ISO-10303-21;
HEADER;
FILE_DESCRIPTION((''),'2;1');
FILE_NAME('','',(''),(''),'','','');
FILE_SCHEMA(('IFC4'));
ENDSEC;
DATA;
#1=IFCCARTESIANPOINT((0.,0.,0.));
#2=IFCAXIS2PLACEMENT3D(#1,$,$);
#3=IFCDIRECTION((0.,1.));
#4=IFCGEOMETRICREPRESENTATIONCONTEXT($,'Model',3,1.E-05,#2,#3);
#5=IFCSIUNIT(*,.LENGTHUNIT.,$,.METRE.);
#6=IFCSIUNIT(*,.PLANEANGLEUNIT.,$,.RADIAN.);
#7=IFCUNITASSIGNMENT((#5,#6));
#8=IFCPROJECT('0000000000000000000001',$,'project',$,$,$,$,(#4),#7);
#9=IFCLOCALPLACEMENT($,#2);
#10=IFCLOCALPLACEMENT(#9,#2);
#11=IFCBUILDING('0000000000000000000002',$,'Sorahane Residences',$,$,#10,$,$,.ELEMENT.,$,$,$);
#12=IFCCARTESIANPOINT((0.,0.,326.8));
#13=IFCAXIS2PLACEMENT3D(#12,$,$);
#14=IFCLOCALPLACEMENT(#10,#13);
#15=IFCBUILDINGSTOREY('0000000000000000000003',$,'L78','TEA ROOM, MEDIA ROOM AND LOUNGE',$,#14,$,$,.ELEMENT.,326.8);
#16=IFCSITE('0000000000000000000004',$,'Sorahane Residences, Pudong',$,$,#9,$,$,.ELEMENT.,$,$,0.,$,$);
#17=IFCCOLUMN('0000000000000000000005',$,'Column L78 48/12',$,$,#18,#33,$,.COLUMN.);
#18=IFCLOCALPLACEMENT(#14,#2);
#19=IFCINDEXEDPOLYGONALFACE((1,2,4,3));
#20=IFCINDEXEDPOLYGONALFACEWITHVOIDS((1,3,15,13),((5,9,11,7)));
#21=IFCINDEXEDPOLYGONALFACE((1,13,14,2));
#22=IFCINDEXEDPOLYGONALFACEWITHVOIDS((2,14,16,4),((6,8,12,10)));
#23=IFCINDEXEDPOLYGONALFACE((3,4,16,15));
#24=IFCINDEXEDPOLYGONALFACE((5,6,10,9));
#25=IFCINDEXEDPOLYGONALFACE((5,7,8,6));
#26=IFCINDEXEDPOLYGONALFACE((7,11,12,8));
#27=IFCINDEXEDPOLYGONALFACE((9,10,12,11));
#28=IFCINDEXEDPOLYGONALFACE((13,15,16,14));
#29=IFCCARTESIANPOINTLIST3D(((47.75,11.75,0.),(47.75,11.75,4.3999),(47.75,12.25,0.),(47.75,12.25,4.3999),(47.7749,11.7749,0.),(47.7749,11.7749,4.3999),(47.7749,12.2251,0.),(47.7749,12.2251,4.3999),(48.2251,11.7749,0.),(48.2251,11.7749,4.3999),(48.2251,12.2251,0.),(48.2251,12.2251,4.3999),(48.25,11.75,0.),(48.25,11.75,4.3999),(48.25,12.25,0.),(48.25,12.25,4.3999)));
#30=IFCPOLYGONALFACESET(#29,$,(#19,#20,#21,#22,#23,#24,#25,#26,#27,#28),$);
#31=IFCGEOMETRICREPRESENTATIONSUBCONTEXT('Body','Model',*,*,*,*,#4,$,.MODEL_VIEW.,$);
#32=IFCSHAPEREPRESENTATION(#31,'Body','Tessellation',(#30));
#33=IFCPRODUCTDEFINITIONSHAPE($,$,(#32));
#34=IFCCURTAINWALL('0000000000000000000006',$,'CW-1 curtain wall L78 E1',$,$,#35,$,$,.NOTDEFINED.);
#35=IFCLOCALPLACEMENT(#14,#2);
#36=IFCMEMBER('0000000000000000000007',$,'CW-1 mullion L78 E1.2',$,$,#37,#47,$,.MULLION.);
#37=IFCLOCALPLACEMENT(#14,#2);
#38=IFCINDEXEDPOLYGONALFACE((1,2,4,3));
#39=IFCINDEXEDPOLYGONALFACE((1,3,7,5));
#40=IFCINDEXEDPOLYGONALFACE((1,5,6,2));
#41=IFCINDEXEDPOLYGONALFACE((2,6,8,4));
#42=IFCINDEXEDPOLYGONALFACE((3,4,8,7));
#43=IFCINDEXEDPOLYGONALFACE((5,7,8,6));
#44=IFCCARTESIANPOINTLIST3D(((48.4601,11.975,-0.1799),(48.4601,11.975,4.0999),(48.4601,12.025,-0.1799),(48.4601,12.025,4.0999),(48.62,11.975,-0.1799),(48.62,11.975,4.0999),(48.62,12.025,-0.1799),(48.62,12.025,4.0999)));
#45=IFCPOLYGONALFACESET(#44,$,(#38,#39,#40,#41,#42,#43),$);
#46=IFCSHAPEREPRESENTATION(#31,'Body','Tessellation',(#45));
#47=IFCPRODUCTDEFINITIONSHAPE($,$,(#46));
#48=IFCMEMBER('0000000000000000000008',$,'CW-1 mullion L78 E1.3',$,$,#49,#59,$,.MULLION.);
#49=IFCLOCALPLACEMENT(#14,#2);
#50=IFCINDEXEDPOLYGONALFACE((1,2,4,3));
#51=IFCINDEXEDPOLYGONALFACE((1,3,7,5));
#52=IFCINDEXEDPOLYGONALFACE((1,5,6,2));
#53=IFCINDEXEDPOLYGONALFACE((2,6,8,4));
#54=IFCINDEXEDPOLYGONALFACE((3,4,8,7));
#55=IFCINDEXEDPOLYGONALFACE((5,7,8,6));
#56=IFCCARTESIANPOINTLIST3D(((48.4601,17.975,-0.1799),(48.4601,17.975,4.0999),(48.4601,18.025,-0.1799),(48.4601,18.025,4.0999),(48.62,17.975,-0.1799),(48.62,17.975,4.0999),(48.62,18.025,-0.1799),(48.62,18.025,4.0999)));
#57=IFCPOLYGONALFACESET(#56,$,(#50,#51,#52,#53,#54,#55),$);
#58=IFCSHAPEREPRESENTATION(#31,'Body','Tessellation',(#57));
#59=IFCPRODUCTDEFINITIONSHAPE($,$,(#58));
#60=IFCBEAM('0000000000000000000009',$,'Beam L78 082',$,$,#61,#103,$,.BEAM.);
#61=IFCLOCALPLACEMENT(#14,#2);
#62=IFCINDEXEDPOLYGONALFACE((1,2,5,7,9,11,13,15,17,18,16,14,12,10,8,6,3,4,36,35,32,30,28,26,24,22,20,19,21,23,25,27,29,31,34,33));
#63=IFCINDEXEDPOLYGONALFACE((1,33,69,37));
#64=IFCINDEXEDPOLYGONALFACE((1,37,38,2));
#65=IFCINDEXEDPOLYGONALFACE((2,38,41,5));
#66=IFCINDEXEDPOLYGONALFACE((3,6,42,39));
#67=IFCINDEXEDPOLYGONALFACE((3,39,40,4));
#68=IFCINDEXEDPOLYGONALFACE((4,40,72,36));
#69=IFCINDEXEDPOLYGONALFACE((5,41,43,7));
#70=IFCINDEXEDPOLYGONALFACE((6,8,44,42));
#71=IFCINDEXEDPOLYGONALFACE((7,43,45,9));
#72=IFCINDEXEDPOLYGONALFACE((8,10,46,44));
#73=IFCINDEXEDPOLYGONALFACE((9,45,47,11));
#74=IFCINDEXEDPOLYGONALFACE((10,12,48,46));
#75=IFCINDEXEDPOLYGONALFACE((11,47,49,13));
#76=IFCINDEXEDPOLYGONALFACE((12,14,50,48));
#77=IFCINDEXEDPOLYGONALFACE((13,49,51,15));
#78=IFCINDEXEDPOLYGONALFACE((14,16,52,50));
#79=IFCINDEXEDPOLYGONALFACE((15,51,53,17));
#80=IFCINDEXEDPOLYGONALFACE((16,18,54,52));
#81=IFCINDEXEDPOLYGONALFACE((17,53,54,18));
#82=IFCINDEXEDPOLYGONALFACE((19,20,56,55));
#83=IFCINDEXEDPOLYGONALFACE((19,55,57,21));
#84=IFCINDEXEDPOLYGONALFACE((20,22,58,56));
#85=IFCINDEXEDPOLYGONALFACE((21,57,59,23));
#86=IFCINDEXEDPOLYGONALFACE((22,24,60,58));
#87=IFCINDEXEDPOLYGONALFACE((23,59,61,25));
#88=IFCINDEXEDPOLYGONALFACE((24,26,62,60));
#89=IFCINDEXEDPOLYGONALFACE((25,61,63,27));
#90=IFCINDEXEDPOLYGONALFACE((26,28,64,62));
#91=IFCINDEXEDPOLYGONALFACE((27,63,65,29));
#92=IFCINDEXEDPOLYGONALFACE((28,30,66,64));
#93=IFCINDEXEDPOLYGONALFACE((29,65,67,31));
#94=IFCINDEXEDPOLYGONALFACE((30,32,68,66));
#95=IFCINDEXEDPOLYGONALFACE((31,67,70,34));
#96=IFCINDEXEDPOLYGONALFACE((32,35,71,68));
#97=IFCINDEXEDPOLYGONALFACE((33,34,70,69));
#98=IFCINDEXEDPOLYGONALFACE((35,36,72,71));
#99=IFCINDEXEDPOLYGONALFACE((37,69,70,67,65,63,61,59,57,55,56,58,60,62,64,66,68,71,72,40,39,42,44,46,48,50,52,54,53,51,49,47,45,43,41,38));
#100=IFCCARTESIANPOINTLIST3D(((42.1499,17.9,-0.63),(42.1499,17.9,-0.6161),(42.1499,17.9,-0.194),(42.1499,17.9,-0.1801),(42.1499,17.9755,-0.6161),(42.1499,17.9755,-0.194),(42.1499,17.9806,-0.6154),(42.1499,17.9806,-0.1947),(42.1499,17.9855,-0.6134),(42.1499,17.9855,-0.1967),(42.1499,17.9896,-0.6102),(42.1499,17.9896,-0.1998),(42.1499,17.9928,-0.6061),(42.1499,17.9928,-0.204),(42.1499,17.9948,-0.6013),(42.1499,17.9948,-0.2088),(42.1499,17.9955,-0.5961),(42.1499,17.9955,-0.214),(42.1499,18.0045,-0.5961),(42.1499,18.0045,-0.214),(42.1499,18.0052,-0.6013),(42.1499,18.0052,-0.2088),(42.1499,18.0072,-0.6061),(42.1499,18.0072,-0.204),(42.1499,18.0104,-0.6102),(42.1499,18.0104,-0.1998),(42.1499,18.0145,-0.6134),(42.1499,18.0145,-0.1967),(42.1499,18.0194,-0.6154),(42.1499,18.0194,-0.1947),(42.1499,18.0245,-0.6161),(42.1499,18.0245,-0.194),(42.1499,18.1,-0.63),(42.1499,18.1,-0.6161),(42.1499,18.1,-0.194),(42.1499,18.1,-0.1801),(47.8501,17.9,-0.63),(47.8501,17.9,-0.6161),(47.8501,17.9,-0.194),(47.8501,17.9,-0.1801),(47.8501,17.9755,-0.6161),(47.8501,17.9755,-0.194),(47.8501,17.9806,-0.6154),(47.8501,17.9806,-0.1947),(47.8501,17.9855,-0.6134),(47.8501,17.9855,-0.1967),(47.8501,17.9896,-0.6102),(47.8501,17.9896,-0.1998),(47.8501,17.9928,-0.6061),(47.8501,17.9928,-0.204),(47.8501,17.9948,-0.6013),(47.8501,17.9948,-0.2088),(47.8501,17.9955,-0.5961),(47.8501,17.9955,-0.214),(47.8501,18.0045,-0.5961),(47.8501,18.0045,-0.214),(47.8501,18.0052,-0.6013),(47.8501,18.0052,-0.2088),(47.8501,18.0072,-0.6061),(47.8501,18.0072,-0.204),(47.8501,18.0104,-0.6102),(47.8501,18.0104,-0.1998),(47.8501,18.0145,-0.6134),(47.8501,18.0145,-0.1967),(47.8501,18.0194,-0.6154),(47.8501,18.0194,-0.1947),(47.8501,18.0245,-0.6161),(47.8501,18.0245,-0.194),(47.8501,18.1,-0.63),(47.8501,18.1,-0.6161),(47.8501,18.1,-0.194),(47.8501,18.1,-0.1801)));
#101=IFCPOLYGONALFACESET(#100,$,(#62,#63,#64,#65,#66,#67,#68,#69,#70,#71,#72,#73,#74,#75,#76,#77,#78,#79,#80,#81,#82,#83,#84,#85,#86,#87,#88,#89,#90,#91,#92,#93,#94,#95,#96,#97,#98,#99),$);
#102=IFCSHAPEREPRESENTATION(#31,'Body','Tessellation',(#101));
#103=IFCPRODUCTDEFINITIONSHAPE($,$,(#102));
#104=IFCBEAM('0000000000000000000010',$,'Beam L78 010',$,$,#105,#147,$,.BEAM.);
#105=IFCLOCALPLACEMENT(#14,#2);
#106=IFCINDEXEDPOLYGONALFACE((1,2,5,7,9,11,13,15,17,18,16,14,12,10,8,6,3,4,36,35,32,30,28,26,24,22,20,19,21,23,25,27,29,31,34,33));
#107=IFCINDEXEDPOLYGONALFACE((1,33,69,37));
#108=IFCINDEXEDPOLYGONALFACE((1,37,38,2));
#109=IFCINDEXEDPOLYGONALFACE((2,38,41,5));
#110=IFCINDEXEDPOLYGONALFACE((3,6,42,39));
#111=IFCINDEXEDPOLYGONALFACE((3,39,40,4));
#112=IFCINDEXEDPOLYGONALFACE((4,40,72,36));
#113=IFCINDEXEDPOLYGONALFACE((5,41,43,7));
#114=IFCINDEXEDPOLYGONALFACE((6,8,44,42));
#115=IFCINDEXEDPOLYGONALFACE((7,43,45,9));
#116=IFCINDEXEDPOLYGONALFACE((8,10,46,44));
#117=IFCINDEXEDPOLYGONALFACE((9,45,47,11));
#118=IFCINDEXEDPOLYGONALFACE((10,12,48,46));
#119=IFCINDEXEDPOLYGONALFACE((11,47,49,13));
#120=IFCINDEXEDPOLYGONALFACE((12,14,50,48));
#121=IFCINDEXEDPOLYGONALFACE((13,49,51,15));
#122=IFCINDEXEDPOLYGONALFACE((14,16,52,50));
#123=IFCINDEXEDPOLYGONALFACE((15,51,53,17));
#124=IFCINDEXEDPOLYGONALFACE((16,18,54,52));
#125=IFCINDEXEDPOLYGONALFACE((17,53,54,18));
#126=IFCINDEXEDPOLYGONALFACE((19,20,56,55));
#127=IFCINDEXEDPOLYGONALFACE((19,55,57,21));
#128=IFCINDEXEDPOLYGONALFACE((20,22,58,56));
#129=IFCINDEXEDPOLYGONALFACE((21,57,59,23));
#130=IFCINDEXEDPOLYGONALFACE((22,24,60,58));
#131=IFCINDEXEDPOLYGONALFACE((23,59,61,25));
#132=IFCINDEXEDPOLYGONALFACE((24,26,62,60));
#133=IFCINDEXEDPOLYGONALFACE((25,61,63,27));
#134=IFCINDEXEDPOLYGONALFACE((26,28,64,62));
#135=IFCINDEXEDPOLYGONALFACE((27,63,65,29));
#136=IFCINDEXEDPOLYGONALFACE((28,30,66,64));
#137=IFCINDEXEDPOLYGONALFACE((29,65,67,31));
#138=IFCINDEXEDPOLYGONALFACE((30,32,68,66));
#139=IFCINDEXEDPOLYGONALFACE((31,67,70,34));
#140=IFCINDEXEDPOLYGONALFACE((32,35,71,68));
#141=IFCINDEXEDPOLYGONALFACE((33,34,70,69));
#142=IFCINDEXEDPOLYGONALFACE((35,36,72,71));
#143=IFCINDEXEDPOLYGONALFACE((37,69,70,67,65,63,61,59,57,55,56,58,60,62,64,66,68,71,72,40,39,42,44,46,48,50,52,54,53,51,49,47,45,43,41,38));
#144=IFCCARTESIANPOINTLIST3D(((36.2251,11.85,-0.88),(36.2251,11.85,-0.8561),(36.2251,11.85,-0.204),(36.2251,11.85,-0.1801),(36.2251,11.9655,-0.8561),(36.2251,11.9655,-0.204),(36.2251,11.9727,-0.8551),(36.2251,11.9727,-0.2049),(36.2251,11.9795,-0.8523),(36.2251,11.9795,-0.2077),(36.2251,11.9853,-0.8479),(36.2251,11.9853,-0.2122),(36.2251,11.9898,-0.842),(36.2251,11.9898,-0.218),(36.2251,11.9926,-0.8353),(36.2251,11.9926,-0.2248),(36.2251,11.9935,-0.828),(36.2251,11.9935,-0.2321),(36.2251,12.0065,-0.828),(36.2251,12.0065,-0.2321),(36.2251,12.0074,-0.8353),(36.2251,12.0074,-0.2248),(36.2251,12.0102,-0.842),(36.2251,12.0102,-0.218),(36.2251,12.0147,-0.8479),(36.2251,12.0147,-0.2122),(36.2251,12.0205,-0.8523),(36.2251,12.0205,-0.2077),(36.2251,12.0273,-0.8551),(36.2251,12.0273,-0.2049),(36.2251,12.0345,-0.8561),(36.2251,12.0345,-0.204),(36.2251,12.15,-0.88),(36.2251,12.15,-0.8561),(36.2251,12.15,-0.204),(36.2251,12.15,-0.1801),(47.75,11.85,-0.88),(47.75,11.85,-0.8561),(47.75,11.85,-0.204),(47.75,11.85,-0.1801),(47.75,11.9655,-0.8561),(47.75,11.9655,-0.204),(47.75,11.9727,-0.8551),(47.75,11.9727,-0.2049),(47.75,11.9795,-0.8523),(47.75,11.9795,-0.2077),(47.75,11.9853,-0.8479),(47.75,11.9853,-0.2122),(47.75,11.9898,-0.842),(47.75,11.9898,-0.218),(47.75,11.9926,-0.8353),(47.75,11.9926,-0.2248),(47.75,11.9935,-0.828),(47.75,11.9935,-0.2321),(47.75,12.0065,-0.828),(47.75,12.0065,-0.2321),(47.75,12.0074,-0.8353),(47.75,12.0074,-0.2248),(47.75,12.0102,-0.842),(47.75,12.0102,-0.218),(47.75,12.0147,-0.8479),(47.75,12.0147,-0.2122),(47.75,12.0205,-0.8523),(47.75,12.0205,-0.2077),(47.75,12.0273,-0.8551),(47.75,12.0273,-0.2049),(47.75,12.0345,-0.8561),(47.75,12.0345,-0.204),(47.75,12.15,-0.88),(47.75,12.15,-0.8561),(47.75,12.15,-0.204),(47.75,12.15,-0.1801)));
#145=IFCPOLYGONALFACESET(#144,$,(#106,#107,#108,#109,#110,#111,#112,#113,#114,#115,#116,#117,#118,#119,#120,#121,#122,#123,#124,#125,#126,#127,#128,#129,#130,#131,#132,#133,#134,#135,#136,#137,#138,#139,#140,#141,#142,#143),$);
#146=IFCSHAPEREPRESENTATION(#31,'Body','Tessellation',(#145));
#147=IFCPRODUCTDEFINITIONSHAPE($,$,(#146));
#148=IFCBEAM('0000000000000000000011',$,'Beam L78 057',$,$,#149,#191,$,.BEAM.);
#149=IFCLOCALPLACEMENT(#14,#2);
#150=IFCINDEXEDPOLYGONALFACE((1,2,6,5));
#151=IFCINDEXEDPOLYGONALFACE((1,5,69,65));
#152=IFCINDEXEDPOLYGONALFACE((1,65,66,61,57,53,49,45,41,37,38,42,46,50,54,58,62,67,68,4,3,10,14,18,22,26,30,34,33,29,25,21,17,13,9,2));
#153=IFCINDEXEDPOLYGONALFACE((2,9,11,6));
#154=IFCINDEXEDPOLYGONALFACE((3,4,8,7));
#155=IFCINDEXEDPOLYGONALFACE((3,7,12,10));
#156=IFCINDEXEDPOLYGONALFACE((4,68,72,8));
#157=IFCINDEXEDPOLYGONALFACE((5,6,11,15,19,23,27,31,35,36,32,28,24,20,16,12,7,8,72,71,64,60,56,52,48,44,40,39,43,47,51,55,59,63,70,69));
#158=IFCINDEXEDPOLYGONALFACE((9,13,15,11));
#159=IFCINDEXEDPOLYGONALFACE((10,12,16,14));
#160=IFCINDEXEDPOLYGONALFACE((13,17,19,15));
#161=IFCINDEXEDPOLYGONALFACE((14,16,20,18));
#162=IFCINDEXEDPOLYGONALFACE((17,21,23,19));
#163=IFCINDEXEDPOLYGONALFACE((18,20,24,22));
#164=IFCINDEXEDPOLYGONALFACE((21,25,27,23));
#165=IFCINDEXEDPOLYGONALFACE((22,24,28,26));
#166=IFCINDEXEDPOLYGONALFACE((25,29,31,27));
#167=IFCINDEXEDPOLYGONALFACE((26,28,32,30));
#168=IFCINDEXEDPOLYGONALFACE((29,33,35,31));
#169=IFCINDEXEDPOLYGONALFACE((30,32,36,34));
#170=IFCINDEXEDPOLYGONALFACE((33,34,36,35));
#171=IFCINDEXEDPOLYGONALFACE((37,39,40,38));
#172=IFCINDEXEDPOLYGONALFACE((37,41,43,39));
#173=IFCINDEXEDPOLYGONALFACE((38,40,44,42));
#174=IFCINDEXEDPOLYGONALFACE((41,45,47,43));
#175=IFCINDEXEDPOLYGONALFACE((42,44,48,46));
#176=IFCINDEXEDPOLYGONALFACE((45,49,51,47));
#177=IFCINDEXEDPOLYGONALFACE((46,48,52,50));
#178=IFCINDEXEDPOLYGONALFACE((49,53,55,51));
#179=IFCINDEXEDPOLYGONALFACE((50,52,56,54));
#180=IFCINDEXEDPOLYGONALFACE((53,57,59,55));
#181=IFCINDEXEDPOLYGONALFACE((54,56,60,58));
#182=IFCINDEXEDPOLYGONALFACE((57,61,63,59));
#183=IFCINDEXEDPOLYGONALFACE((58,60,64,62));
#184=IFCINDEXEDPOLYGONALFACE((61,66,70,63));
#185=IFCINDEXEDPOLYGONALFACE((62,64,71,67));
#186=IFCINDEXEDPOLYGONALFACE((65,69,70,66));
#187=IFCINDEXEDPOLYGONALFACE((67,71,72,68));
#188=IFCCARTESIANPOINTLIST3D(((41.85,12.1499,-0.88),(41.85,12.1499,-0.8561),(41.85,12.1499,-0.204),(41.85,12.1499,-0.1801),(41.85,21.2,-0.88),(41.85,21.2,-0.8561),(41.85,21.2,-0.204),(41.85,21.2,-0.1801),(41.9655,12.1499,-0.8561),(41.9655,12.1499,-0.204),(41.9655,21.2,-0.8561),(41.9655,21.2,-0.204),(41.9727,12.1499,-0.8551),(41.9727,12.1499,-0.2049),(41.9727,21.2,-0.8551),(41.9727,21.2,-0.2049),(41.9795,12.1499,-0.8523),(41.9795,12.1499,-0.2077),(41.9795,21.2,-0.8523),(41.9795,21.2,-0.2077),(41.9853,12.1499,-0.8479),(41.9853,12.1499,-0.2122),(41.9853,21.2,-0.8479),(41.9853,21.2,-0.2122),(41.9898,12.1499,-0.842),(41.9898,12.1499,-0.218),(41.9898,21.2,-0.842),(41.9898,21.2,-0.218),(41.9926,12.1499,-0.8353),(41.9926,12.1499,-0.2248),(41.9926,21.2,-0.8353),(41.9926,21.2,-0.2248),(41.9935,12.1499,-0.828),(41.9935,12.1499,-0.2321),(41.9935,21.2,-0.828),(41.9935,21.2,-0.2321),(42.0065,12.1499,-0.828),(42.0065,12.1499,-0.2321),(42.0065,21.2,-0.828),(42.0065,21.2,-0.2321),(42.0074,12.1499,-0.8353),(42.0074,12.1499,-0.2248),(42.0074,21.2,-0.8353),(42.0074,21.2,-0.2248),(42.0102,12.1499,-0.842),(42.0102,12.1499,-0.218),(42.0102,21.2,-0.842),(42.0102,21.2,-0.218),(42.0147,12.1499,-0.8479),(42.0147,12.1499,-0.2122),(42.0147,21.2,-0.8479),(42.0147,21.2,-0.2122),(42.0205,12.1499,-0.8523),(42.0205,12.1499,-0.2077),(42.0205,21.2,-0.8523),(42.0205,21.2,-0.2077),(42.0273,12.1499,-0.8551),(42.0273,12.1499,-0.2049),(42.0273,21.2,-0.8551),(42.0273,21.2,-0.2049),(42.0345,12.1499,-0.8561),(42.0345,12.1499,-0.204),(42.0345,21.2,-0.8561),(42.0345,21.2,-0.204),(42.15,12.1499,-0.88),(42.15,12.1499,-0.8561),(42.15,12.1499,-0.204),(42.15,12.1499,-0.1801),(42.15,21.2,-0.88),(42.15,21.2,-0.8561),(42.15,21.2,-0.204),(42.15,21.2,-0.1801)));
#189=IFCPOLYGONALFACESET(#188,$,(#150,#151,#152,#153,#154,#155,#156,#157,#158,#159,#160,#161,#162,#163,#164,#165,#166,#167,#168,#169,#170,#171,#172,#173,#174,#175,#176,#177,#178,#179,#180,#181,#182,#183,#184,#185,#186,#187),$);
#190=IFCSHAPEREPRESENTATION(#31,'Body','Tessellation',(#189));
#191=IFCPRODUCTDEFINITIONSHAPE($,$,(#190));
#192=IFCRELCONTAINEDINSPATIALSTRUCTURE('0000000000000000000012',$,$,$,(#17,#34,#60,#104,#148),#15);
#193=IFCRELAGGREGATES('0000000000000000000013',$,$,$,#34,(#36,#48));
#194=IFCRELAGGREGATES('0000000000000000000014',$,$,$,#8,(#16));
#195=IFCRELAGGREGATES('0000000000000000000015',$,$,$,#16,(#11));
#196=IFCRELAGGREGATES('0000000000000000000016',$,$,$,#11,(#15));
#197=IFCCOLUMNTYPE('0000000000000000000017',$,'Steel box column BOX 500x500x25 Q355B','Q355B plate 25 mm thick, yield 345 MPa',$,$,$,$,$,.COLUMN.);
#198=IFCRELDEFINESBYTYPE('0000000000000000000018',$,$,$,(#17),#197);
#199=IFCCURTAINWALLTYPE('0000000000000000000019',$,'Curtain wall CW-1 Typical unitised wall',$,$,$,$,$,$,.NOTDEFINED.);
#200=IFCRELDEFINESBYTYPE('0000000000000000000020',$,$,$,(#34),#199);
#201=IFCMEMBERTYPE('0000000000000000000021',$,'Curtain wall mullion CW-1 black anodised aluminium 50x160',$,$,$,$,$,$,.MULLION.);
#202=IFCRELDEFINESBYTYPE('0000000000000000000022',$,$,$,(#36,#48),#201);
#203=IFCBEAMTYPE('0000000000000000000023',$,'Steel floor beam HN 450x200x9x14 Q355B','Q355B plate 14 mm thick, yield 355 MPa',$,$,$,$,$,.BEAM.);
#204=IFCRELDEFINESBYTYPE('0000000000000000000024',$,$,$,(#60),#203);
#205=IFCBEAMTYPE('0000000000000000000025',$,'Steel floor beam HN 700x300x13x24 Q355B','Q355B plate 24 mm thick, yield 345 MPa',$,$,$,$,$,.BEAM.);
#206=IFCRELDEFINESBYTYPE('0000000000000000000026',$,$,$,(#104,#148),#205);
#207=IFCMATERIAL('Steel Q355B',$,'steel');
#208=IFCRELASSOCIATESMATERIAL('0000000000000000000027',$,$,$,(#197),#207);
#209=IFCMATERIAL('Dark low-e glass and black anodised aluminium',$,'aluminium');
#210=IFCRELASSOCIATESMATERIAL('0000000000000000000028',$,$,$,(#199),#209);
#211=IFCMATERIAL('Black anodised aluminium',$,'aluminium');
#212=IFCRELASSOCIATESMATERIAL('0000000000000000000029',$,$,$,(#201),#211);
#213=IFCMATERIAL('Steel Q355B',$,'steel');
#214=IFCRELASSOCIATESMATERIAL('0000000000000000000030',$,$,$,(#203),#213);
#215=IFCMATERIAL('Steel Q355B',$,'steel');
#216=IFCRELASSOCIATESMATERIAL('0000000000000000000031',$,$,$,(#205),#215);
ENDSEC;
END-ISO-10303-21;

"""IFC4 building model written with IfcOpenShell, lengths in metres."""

from ifc_helpers import new_model, si_unit, direction, frame, origin, origin_2d, place, context, subcontext, project, spatial, rectangle, hollow_rectangle, i_section, extrude, material, material_profile, profile_set, type_object, element, aggregate, save


model = new_model("IFC4")

# Units and contexts
model_context = context("Model", 3, precision=1e-05, world=origin(), true_north=direction((0.0, 1.0)))
body_context = subcontext(model_context, "Body", "Model", "MODEL_VIEW")
ifc_project = project(units=[si_unit("LENGTHUNIT", "METRE"), si_unit("PLANEANGLEUNIT", "RADIAN")], contexts=[model_context])

# Site, building, storey
site_placement = place(None, origin())
site = spatial("IfcSite", under=ifc_project, at=site_placement, Name="Sorahane Residences, Pudong", CompositionType="ELEMENT", RefElevation=0.0)
building_placement = place(site_placement, origin())
building = spatial("IfcBuilding", under=site, at=building_placement, Name="Sorahane Residences", CompositionType="ELEMENT")
storey_placement = place(building_placement, frame((0.0, 0.0, 326.8)))
storey = spatial("IfcBuildingStorey", under=building, at=storey_placement, Name="L78", Description="TEA ROOM, MEDIA ROOM AND LOUNGE", CompositionType="ELEMENT", Elevation=326.8)

# Column
ifc_material_1 = material(Name="Steel Q355B", Category="steel")
ifc_material_profile_1 = material_profile(ifc_material_1, hollow_rectangle(XDim=0.5, YDim=0.5, WallThickness=0.0249, at=origin_2d()), Name="BOX 500x500x25")
ifc_profile_set_1 = profile_set([ifc_material_profile_1], Name="Steel Q355B")
column_type = type_object("IfcColumnType", Name="Steel box column BOX 500x500x25 Q355B", Description="Q355B plate 25 mm thick, yield 345 MPa", PredefinedType="COLUMN", material=ifc_profile_set_1)
column_placement = place(storey_placement, frame((48.0, 12.0, 0.0), z_axis=(0.0, 0.0, 1.0), x_axis=(1.0, 0.0, 0.0)))
element("IfcColumn", 1, at=column_placement, inside=storey, type_object=column_type, Name="Column L78 48/12", PredefinedType="COLUMN", context=body_context, shape_type="SweptSolid", body=[
    extrude(hollow_rectangle(XDim=0.5, YDim=0.5, WallThickness=0.0249, at=origin_2d()), origin(), (0.0, 0.0, 1.0), 4.3999),
])

# Curtain wall, members
ifc_material_2 = material(Name="Dark low-e glass and black anodised aluminium", Category="aluminium")
curtain_wall_type = type_object("IfcCurtainWallType", Name="Curtain wall CW-1 Typical unitised wall", PredefinedType="NOTDEFINED", material=ifc_material_2)
curtain_wall_placement = place(storey_placement, origin())
curtain_wall = element("IfcCurtainWall", 2, at=curtain_wall_placement, inside=storey, type_object=curtain_wall_type, Name="CW-1 curtain wall L78 E1", PredefinedType="NOTDEFINED")
ifc_material_3 = material(Name="Black anodised aluminium", Category="aluminium")
ifc_material_profile_2 = material_profile(ifc_material_3, rectangle(XDim=0.1599, YDim=0.05, at=origin_2d()), Name="Curtain wall mullion CW-1 black anodised aluminium 50x160")
ifc_profile_set_2 = profile_set([ifc_material_profile_2], Name="Black anodised aluminium")
member_type = type_object("IfcMemberType", Name="Curtain wall mullion CW-1 black anodised aluminium 50x160", PredefinedType="MULLION", material=ifc_profile_set_2)
member_1_placement = place(storey_placement, frame((48.54, 12.0, -0.1799), z_axis=(0.0, 0.0, 1.0), x_axis=(1.0, 0.0, 0.0)))
member_1 = element("IfcMember", 3, at=member_1_placement, type_object=member_type, Name="CW-1 mullion L78 E1.2", PredefinedType="MULLION", context=body_context, shape_type="SweptSolid", body=[
    extrude(rectangle(XDim=0.1599, YDim=0.05, at=origin_2d()), origin(), (0.0, 0.0, 1.0), 4.2798),
])
member_2_placement = place(storey_placement, frame((48.54, 18.0, -0.1799), z_axis=(0.0, 0.0, 1.0), x_axis=(1.0, 0.0, 0.0)))
member_2 = element("IfcMember", 4, at=member_2_placement, type_object=member_type, Name="CW-1 mullion L78 E1.3", PredefinedType="MULLION", context=body_context, shape_type="SweptSolid", body=[
    extrude(rectangle(XDim=0.1599, YDim=0.05, at=origin_2d()), origin(), (0.0, 0.0, 1.0), 4.2798),
])

# Beams
ifc_material_4 = material(Name="Steel Q355B", Category="steel")
ifc_material_profile_3 = material_profile(ifc_material_4, i_section(OverallWidth=0.2, OverallDepth=0.45, WebThickness=0.009, FlangeThickness=0.0139, FilletRadius=0.02, at=origin_2d()), Name="HN 450x200x9x14")
ifc_profile_set_3 = profile_set([ifc_material_profile_3], Name="Steel Q355B")
beam_type_1 = type_object("IfcBeamType", Name="Steel floor beam HN 450x200x9x14 Q355B", Description="Q355B plate 14 mm thick, yield 355 MPa", PredefinedType="BEAM", material=ifc_profile_set_3)
beam_1_placement = place(storey_placement, frame((42.1499, 18.0, -0.405), z_axis=(1.0, 0.0, 0.0), x_axis=(0.0, 1.0, 0.0)))
element("IfcBeam", 5, at=beam_1_placement, inside=storey, type_object=beam_type_1, Name="Beam L78 082", PredefinedType="BEAM", context=body_context, shape_type="SweptSolid", body=[
    extrude(i_section(OverallWidth=0.2, OverallDepth=0.45, WebThickness=0.009, FlangeThickness=0.0139, FilletRadius=0.02, at=origin_2d()), origin(), (0.0, 0.0, 1.0), 5.7002),
])
ifc_material_5 = material(Name="Steel Q355B", Category="steel")
ifc_material_profile_4 = material_profile(ifc_material_5, i_section(OverallWidth=0.3, OverallDepth=0.7, WebThickness=0.0129, FlangeThickness=0.0239, FilletRadius=0.0281, at=origin_2d()), Name="HN 700x300x13x24")
ifc_profile_set_4 = profile_set([ifc_material_profile_4], Name="Steel Q355B")
beam_type_2 = type_object("IfcBeamType", Name="Steel floor beam HN 700x300x13x24 Q355B", Description="Q355B plate 24 mm thick, yield 345 MPa", PredefinedType="BEAM", material=ifc_profile_set_4)
beam_2_placement = place(storey_placement, frame((36.2251, 12.0, -0.53), z_axis=(1.0, 0.0, 0.0), x_axis=(0.0, 1.0, 0.0)))
element("IfcBeam", 6, at=beam_2_placement, inside=storey, type_object=beam_type_2, Name="Beam L78 010", PredefinedType="BEAM", context=body_context, shape_type="SweptSolid", body=[
    extrude(i_section(OverallWidth=0.3, OverallDepth=0.7, WebThickness=0.0129, FlangeThickness=0.0239, FilletRadius=0.0281, at=origin_2d()), origin(), (0.0, 0.0, 1.0), 11.5249),
])
beam_3_placement = place(storey_placement, frame((42.0, 12.1499, -0.53), z_axis=(0.0, 1.0, 0.0), x_axis=(-1.0, 0.0, 0.0)))
element("IfcBeam", 7, at=beam_3_placement, inside=storey, type_object=beam_type_2, Name="Beam L78 057", PredefinedType="BEAM", context=body_context, shape_type="SweptSolid", body=[
    extrude(i_section(OverallWidth=0.3, OverallDepth=0.7, WebThickness=0.0129, FlangeThickness=0.0239, FilletRadius=0.0281, at=origin_2d()), origin(), (0.0, 0.0, 1.0), 9.05),
])

aggregate(curtain_wall, [member_1, member_2])

save(model, "model.ifc")
